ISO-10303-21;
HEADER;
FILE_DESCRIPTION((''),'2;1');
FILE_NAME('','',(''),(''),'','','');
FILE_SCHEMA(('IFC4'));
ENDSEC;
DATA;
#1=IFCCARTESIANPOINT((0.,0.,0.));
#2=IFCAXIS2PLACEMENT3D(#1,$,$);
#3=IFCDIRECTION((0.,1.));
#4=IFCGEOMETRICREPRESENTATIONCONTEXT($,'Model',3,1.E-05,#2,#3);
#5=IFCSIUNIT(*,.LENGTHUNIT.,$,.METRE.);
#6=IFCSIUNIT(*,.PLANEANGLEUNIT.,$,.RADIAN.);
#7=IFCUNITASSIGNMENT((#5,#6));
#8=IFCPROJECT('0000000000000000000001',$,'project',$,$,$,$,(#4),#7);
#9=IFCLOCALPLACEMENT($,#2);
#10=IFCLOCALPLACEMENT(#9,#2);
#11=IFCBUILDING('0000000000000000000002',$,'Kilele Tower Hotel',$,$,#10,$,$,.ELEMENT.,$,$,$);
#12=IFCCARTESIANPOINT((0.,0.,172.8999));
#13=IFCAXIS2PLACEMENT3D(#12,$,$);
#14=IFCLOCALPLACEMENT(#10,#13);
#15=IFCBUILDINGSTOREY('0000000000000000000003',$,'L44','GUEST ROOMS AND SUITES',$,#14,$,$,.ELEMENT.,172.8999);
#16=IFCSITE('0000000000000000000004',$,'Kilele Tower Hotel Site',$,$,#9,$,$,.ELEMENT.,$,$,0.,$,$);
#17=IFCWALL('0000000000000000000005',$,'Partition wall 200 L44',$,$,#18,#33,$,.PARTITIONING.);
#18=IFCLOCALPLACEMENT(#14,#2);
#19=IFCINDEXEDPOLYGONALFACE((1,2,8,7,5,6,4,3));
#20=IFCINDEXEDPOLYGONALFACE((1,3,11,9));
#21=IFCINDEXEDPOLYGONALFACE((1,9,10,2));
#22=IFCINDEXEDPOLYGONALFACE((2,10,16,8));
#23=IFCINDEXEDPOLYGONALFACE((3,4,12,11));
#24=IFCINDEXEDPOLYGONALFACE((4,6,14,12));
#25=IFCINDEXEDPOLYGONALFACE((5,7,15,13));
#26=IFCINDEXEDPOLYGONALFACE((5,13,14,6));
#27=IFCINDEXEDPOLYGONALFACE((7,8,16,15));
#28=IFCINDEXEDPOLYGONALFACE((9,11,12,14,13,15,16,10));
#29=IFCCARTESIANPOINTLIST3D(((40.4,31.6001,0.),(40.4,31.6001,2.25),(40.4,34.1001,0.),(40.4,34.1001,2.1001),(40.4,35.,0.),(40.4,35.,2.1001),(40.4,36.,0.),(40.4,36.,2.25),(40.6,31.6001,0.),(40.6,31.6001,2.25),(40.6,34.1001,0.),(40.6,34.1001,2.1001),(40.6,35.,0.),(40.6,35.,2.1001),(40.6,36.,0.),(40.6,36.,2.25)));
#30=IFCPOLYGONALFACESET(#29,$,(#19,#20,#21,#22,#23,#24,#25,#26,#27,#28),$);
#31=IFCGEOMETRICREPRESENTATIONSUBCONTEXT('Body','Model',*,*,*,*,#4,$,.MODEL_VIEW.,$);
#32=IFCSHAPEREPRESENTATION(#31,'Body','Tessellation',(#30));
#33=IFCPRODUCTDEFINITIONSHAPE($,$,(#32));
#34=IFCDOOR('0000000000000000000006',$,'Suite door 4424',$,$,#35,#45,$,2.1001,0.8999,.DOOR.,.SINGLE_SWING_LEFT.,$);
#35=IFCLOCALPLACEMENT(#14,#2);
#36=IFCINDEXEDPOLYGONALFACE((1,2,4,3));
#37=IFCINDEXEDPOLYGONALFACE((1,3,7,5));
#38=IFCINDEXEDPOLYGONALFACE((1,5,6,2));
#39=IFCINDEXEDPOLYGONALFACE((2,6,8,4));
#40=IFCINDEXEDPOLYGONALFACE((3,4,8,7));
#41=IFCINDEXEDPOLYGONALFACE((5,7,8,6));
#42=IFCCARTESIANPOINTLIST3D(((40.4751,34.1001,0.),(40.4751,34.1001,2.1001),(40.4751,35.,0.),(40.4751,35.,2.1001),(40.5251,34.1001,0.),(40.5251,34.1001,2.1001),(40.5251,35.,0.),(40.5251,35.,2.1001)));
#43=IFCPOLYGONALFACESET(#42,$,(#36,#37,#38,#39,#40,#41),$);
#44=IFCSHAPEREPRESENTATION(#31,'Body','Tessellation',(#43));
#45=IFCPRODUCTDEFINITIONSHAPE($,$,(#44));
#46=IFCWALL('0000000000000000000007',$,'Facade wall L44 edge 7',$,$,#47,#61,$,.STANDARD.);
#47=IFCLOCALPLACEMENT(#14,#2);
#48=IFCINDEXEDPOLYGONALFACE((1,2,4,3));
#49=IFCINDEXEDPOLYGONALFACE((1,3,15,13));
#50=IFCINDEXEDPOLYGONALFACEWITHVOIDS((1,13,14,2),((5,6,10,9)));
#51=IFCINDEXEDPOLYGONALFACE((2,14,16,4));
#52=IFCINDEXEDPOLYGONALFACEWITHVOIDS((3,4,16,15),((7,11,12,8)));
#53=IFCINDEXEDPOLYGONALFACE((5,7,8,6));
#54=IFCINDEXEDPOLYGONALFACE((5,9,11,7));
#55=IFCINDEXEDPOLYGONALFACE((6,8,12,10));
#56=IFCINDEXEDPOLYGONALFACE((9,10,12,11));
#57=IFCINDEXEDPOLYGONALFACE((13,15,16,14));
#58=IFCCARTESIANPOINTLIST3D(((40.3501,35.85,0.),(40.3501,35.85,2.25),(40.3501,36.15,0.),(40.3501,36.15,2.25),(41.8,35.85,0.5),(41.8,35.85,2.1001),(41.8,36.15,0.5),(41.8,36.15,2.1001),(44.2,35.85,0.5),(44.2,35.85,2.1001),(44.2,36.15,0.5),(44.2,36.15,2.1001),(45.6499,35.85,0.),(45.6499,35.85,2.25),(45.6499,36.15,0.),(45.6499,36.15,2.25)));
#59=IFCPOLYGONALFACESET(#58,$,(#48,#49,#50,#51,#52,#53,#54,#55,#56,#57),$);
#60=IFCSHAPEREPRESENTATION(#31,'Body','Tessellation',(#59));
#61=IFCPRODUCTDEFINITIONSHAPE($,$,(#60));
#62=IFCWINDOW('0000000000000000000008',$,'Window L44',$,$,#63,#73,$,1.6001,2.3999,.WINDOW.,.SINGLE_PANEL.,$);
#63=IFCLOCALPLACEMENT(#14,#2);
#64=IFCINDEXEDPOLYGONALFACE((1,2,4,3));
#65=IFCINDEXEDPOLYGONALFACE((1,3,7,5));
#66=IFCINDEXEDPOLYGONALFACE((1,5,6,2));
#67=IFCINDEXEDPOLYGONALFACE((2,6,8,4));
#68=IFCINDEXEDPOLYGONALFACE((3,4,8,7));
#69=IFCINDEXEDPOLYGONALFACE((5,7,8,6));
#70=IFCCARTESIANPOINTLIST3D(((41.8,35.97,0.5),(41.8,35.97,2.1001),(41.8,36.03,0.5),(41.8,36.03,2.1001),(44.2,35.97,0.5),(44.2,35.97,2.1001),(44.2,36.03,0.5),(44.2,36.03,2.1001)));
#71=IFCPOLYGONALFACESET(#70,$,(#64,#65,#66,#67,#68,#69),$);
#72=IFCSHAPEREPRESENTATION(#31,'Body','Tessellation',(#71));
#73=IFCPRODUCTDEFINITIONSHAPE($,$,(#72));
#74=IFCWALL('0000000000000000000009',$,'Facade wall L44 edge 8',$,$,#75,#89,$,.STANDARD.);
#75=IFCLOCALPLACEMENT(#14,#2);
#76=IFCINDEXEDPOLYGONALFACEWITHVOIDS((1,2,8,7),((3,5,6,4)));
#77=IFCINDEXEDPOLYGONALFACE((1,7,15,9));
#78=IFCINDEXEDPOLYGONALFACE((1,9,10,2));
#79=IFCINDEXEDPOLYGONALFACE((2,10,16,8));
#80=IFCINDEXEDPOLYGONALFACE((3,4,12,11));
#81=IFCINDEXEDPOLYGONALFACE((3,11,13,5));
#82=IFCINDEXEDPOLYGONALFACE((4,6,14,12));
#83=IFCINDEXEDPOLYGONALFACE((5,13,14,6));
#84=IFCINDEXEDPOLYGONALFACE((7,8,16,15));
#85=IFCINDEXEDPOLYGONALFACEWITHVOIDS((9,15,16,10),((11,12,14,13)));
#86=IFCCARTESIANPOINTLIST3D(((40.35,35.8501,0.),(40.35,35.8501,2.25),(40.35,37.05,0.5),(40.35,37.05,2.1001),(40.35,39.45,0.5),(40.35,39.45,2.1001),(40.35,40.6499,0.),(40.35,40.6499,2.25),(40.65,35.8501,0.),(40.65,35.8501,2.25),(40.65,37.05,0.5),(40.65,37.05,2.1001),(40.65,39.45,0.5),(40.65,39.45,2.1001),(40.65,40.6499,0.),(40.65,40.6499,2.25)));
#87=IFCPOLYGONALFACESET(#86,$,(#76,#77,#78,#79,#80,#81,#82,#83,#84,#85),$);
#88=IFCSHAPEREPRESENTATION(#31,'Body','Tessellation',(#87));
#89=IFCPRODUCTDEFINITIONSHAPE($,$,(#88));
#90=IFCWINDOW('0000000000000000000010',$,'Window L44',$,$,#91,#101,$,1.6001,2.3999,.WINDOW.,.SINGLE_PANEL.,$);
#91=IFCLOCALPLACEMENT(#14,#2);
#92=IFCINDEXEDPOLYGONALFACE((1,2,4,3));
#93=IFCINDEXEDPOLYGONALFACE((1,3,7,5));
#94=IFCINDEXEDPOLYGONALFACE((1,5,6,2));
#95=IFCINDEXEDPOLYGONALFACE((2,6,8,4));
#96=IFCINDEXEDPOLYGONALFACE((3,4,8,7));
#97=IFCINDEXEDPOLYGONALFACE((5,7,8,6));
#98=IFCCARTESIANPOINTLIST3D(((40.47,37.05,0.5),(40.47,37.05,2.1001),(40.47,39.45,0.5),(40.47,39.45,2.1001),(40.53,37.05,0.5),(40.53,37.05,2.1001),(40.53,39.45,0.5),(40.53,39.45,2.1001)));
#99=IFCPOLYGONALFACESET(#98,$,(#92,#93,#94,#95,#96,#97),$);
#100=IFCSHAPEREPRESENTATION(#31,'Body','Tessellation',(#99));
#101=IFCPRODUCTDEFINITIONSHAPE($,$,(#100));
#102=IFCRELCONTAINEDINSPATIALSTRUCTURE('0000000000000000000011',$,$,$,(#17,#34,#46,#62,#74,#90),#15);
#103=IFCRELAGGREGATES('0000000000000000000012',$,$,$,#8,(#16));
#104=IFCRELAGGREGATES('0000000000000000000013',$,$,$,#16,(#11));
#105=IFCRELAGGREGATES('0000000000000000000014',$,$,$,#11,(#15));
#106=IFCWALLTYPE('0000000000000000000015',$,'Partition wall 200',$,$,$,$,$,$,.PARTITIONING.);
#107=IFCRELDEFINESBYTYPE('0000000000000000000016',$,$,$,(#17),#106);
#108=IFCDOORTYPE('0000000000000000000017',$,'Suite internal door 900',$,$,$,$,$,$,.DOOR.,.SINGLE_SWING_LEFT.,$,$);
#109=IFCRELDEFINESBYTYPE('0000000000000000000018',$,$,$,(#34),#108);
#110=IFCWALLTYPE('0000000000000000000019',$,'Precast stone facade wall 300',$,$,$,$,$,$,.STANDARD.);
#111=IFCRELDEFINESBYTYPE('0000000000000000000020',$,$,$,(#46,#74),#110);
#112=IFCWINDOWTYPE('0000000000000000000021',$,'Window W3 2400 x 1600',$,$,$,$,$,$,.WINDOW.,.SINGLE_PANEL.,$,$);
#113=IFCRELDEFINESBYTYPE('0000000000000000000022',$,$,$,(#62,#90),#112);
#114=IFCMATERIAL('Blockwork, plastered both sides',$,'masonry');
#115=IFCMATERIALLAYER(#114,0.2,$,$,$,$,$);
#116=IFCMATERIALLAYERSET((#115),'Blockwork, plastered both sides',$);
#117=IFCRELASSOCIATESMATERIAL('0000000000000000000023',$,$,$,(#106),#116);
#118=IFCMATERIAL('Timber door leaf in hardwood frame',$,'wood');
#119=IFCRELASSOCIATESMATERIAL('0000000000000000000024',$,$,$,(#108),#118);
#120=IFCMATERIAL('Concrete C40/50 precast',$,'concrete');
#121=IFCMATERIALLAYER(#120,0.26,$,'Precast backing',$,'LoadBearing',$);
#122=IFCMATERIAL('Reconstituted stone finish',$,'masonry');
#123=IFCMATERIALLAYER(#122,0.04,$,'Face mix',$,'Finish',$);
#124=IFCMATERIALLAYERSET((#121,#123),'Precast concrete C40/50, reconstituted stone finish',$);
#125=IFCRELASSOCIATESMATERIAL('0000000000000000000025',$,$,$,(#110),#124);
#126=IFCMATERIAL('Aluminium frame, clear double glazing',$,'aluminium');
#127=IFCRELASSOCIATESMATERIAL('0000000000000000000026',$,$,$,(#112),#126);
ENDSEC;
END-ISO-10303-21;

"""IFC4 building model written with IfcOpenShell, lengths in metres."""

from ifc_helpers import new_model, si_unit, direction, frame, frame_2d, origin, place, context, subcontext, project, spatial, rectangle, extrude, material, layer, layer_set, type_object, element, fill, save


model = new_model("IFC4")

# Units and contexts
model_context = context("Model", 3, precision=1e-05, world=origin(), true_north=direction((0.0, 1.0)))
body_context = subcontext(model_context, "Body", "Model", "MODEL_VIEW")
ifc_project = project(units=[si_unit("LENGTHUNIT", "METRE"), si_unit("PLANEANGLEUNIT", "RADIAN")], contexts=[model_context])

# Site, building, storey
site_placement = place(None, origin())
site = spatial("IfcSite", under=ifc_project, at=site_placement, Name="Kilele Tower Hotel Site", CompositionType="ELEMENT", RefElevation=0.0)
building_placement = place(site_placement, origin())
building = spatial("IfcBuilding", under=site, at=building_placement, Name="Kilele Tower Hotel", CompositionType="ELEMENT")
storey_placement = place(building_placement, frame((0.0, 0.0, 172.8999)))
storey = spatial("IfcBuildingStorey", under=building, at=storey_placement, Name="L44", Description="GUEST ROOMS AND SUITES", CompositionType="ELEMENT", Elevation=172.8999)

# Wall, opening, door
ifc_material_1 = material(Name="Blockwork, plastered both sides", Category="masonry")
ifc_layer_1 = layer(ifc_material_1, 0.2)
ifc_layer_set_1 = layer_set([ifc_layer_1], Name="Blockwork, plastered both sides")
wall_type_1 = type_object("IfcWallType", Name="Partition wall 200", PredefinedType="PARTITIONING", material=ifc_layer_set_1)
wall_1_placement = place(storey_placement, frame((40.5, 31.6001, 0.0), z_axis=(0.0, 0.0, 1.0), x_axis=(0.0, 1.0, 0.0)))
wall_1 = element("IfcWall", 1, at=wall_1_placement, inside=storey, type_object=wall_type_1, Name="Partition wall 200 L44", PredefinedType="PARTITIONING", context=body_context, shape_type="SweptSolid", body=[
    extrude(rectangle(XDim=4.3999, YDim=0.2, at=frame_2d((2.2, 0.0))), origin(), (0.0, 0.0, 1.0), 2.25),
])
opening_1_placement = place(wall_1_placement, frame((2.5, 0.0, 0.0)))
opening_1 = element("IfcOpeningElement", 2, at=opening_1_placement, cuts=wall_1, PredefinedType="OPENING", context=body_context, shape_type="SweptSolid", body=[
    extrude(rectangle(XDim=0.8999, YDim=2.1001, at=frame_2d((0.45, 1.05))), frame((0.0, 0.1099, 0.0), z_axis=(0.0, -1.0, 0.0), x_axis=(1.0, 0.0, 0.0)), (0.0, 0.0, 1.0), 0.22),
])
ifc_material_2 = material(Name="Timber door leaf in hardwood frame", Category="wood")
door_type_1 = type_object("IfcDoorType", Name="Suite internal door 900", OperationType="SINGLE_SWING_LEFT", PredefinedType="DOOR", material=ifc_material_2)
door_1_placement = place(opening_1_placement, origin())
door_1 = element("IfcDoor", 3, at=door_1_placement, inside=storey, type_object=door_type_1, Name="Suite door 4424", OperationType="SINGLE_SWING_LEFT", OverallHeight=2.1001, OverallWidth=0.8999, PredefinedType="DOOR", context=body_context, shape_type="SweptSolid", body=[
    extrude(rectangle(XDim=0.8999, YDim=2.1001, at=frame_2d((0.45, 1.05))), frame((0.0, 0.0249, 0.0), z_axis=(0.0, -1.0, 0.0), x_axis=(1.0, 0.0, 0.0)), (0.0, 0.0, 1.0), 0.05),
])
fill(opening_1, door_1)

# Walls, openings, windows
ifc_material_3 = material(Name="Concrete C40/50 precast", Category="concrete")
ifc_layer_2 = layer(ifc_material_3, 0.26, Name="Precast backing", Category="LoadBearing")
ifc_material_4 = material(Name="Reconstituted stone finish", Category="masonry")
ifc_layer_3 = layer(ifc_material_4, 0.04, Name="Face mix", Category="Finish")
ifc_layer_set_2 = layer_set([ifc_layer_2, ifc_layer_3], Name="Precast concrete C40/50, reconstituted stone finish")
wall_type_2 = type_object("IfcWallType", Name="Precast stone facade wall 300", PredefinedType="STANDARD", material=ifc_layer_set_2)
wall_2_placement = place(storey_placement, frame((45.6499, 36.0, 0.0), z_axis=(0.0, 0.0, 1.0), x_axis=(-1.0, 0.0, 0.0)))
wall_2 = element("IfcWall", 4, at=wall_2_placement, inside=storey, type_object=wall_type_2, Name="Facade wall L44 edge 7", PredefinedType="STANDARD", context=body_context, shape_type="SweptSolid", body=[
    extrude(rectangle(XDim=5.2998, YDim=0.3, at=frame_2d((2.6499, 0.0))), origin(), (0.0, 0.0, 1.0), 2.25),
])
opening_2_placement = place(wall_2_placement, frame((1.45, 0.0, 0.5)))
opening_2 = element("IfcOpeningElement", 5, at=opening_2_placement, cuts=wall_2, PredefinedType="OPENING", context=body_context, shape_type="SweptSolid", body=[
    extrude(rectangle(XDim=2.3999, YDim=1.6001, at=frame_2d((1.2, 0.8))), frame((0.0, 0.1599, 0.0), z_axis=(0.0, -1.0, 0.0), x_axis=(1.0, 0.0, 0.0)), (0.0, 0.0, 1.0), 0.3201),
])
ifc_material_5 = material(Name="Aluminium frame, clear double glazing", Category="aluminium")
window_type = type_object("IfcWindowType", Name="Window W3 2400 x 1600", PartitioningType="SINGLE_PANEL", PredefinedType="WINDOW", material=ifc_material_5)
window_1_placement = place(opening_2_placement, origin())
window_1 = element("IfcWindow", 6, at=window_1_placement, inside=storey, type_object=window_type, Name="Window L44", OverallHeight=1.6001, OverallWidth=2.3999, PartitioningType="SINGLE_PANEL", PredefinedType="WINDOW", context=body_context, shape_type="SweptSolid", body=[
    extrude(rectangle(XDim=2.3999, YDim=1.6001, at=frame_2d((1.2, 0.8))), frame((0.0, 0.03, 0.0), z_axis=(0.0, -1.0, 0.0), x_axis=(1.0, 0.0, 0.0)), (0.0, 0.0, 1.0), 0.0601),
])
fill(opening_2, window_1)
wall_3_placement = place(storey_placement, frame((40.5, 35.8501, 0.0), z_axis=(0.0, 0.0, 1.0), x_axis=(0.0, 1.0, 0.0)))
wall_3 = element("IfcWall", 7, at=wall_3_placement, inside=storey, type_object=wall_type_2, Name="Facade wall L44 edge 8", PredefinedType="STANDARD", context=body_context, shape_type="SweptSolid", body=[
    extrude(rectangle(XDim=4.7998, YDim=0.3, at=frame_2d((2.3999, 0.0))), origin(), (0.0, 0.0, 1.0), 2.25),
])
opening_3_placement = place(wall_3_placement, frame((1.2, 0.0, 0.5)))
opening_3 = element("IfcOpeningElement", 8, at=opening_3_placement, cuts=wall_3, PredefinedType="OPENING", context=body_context, shape_type="SweptSolid", body=[
    extrude(rectangle(XDim=2.3999, YDim=1.6001, at=frame_2d((1.2, 0.8))), frame((0.0, 0.1599, 0.0), z_axis=(0.0, -1.0, 0.0), x_axis=(1.0, 0.0, 0.0)), (0.0, 0.0, 1.0), 0.3201),
])
window_2_placement = place(opening_3_placement, origin())
window_2 = element("IfcWindow", 9, at=window_2_placement, inside=storey, type_object=window_type, Name="Window L44", OverallHeight=1.6001, OverallWidth=2.3999, PartitioningType="SINGLE_PANEL", PredefinedType="WINDOW", context=body_context, shape_type="SweptSolid", body=[
    extrude(rectangle(XDim=2.3999, YDim=1.6001, at=frame_2d((1.2, 0.8))), frame((0.0, 0.03, 0.0), z_axis=(0.0, -1.0, 0.0), x_axis=(1.0, 0.0, 0.0)), (0.0, 0.0, 1.0), 0.0601),
])
fill(opening_3, window_2)

save(model, "model.ifc")
